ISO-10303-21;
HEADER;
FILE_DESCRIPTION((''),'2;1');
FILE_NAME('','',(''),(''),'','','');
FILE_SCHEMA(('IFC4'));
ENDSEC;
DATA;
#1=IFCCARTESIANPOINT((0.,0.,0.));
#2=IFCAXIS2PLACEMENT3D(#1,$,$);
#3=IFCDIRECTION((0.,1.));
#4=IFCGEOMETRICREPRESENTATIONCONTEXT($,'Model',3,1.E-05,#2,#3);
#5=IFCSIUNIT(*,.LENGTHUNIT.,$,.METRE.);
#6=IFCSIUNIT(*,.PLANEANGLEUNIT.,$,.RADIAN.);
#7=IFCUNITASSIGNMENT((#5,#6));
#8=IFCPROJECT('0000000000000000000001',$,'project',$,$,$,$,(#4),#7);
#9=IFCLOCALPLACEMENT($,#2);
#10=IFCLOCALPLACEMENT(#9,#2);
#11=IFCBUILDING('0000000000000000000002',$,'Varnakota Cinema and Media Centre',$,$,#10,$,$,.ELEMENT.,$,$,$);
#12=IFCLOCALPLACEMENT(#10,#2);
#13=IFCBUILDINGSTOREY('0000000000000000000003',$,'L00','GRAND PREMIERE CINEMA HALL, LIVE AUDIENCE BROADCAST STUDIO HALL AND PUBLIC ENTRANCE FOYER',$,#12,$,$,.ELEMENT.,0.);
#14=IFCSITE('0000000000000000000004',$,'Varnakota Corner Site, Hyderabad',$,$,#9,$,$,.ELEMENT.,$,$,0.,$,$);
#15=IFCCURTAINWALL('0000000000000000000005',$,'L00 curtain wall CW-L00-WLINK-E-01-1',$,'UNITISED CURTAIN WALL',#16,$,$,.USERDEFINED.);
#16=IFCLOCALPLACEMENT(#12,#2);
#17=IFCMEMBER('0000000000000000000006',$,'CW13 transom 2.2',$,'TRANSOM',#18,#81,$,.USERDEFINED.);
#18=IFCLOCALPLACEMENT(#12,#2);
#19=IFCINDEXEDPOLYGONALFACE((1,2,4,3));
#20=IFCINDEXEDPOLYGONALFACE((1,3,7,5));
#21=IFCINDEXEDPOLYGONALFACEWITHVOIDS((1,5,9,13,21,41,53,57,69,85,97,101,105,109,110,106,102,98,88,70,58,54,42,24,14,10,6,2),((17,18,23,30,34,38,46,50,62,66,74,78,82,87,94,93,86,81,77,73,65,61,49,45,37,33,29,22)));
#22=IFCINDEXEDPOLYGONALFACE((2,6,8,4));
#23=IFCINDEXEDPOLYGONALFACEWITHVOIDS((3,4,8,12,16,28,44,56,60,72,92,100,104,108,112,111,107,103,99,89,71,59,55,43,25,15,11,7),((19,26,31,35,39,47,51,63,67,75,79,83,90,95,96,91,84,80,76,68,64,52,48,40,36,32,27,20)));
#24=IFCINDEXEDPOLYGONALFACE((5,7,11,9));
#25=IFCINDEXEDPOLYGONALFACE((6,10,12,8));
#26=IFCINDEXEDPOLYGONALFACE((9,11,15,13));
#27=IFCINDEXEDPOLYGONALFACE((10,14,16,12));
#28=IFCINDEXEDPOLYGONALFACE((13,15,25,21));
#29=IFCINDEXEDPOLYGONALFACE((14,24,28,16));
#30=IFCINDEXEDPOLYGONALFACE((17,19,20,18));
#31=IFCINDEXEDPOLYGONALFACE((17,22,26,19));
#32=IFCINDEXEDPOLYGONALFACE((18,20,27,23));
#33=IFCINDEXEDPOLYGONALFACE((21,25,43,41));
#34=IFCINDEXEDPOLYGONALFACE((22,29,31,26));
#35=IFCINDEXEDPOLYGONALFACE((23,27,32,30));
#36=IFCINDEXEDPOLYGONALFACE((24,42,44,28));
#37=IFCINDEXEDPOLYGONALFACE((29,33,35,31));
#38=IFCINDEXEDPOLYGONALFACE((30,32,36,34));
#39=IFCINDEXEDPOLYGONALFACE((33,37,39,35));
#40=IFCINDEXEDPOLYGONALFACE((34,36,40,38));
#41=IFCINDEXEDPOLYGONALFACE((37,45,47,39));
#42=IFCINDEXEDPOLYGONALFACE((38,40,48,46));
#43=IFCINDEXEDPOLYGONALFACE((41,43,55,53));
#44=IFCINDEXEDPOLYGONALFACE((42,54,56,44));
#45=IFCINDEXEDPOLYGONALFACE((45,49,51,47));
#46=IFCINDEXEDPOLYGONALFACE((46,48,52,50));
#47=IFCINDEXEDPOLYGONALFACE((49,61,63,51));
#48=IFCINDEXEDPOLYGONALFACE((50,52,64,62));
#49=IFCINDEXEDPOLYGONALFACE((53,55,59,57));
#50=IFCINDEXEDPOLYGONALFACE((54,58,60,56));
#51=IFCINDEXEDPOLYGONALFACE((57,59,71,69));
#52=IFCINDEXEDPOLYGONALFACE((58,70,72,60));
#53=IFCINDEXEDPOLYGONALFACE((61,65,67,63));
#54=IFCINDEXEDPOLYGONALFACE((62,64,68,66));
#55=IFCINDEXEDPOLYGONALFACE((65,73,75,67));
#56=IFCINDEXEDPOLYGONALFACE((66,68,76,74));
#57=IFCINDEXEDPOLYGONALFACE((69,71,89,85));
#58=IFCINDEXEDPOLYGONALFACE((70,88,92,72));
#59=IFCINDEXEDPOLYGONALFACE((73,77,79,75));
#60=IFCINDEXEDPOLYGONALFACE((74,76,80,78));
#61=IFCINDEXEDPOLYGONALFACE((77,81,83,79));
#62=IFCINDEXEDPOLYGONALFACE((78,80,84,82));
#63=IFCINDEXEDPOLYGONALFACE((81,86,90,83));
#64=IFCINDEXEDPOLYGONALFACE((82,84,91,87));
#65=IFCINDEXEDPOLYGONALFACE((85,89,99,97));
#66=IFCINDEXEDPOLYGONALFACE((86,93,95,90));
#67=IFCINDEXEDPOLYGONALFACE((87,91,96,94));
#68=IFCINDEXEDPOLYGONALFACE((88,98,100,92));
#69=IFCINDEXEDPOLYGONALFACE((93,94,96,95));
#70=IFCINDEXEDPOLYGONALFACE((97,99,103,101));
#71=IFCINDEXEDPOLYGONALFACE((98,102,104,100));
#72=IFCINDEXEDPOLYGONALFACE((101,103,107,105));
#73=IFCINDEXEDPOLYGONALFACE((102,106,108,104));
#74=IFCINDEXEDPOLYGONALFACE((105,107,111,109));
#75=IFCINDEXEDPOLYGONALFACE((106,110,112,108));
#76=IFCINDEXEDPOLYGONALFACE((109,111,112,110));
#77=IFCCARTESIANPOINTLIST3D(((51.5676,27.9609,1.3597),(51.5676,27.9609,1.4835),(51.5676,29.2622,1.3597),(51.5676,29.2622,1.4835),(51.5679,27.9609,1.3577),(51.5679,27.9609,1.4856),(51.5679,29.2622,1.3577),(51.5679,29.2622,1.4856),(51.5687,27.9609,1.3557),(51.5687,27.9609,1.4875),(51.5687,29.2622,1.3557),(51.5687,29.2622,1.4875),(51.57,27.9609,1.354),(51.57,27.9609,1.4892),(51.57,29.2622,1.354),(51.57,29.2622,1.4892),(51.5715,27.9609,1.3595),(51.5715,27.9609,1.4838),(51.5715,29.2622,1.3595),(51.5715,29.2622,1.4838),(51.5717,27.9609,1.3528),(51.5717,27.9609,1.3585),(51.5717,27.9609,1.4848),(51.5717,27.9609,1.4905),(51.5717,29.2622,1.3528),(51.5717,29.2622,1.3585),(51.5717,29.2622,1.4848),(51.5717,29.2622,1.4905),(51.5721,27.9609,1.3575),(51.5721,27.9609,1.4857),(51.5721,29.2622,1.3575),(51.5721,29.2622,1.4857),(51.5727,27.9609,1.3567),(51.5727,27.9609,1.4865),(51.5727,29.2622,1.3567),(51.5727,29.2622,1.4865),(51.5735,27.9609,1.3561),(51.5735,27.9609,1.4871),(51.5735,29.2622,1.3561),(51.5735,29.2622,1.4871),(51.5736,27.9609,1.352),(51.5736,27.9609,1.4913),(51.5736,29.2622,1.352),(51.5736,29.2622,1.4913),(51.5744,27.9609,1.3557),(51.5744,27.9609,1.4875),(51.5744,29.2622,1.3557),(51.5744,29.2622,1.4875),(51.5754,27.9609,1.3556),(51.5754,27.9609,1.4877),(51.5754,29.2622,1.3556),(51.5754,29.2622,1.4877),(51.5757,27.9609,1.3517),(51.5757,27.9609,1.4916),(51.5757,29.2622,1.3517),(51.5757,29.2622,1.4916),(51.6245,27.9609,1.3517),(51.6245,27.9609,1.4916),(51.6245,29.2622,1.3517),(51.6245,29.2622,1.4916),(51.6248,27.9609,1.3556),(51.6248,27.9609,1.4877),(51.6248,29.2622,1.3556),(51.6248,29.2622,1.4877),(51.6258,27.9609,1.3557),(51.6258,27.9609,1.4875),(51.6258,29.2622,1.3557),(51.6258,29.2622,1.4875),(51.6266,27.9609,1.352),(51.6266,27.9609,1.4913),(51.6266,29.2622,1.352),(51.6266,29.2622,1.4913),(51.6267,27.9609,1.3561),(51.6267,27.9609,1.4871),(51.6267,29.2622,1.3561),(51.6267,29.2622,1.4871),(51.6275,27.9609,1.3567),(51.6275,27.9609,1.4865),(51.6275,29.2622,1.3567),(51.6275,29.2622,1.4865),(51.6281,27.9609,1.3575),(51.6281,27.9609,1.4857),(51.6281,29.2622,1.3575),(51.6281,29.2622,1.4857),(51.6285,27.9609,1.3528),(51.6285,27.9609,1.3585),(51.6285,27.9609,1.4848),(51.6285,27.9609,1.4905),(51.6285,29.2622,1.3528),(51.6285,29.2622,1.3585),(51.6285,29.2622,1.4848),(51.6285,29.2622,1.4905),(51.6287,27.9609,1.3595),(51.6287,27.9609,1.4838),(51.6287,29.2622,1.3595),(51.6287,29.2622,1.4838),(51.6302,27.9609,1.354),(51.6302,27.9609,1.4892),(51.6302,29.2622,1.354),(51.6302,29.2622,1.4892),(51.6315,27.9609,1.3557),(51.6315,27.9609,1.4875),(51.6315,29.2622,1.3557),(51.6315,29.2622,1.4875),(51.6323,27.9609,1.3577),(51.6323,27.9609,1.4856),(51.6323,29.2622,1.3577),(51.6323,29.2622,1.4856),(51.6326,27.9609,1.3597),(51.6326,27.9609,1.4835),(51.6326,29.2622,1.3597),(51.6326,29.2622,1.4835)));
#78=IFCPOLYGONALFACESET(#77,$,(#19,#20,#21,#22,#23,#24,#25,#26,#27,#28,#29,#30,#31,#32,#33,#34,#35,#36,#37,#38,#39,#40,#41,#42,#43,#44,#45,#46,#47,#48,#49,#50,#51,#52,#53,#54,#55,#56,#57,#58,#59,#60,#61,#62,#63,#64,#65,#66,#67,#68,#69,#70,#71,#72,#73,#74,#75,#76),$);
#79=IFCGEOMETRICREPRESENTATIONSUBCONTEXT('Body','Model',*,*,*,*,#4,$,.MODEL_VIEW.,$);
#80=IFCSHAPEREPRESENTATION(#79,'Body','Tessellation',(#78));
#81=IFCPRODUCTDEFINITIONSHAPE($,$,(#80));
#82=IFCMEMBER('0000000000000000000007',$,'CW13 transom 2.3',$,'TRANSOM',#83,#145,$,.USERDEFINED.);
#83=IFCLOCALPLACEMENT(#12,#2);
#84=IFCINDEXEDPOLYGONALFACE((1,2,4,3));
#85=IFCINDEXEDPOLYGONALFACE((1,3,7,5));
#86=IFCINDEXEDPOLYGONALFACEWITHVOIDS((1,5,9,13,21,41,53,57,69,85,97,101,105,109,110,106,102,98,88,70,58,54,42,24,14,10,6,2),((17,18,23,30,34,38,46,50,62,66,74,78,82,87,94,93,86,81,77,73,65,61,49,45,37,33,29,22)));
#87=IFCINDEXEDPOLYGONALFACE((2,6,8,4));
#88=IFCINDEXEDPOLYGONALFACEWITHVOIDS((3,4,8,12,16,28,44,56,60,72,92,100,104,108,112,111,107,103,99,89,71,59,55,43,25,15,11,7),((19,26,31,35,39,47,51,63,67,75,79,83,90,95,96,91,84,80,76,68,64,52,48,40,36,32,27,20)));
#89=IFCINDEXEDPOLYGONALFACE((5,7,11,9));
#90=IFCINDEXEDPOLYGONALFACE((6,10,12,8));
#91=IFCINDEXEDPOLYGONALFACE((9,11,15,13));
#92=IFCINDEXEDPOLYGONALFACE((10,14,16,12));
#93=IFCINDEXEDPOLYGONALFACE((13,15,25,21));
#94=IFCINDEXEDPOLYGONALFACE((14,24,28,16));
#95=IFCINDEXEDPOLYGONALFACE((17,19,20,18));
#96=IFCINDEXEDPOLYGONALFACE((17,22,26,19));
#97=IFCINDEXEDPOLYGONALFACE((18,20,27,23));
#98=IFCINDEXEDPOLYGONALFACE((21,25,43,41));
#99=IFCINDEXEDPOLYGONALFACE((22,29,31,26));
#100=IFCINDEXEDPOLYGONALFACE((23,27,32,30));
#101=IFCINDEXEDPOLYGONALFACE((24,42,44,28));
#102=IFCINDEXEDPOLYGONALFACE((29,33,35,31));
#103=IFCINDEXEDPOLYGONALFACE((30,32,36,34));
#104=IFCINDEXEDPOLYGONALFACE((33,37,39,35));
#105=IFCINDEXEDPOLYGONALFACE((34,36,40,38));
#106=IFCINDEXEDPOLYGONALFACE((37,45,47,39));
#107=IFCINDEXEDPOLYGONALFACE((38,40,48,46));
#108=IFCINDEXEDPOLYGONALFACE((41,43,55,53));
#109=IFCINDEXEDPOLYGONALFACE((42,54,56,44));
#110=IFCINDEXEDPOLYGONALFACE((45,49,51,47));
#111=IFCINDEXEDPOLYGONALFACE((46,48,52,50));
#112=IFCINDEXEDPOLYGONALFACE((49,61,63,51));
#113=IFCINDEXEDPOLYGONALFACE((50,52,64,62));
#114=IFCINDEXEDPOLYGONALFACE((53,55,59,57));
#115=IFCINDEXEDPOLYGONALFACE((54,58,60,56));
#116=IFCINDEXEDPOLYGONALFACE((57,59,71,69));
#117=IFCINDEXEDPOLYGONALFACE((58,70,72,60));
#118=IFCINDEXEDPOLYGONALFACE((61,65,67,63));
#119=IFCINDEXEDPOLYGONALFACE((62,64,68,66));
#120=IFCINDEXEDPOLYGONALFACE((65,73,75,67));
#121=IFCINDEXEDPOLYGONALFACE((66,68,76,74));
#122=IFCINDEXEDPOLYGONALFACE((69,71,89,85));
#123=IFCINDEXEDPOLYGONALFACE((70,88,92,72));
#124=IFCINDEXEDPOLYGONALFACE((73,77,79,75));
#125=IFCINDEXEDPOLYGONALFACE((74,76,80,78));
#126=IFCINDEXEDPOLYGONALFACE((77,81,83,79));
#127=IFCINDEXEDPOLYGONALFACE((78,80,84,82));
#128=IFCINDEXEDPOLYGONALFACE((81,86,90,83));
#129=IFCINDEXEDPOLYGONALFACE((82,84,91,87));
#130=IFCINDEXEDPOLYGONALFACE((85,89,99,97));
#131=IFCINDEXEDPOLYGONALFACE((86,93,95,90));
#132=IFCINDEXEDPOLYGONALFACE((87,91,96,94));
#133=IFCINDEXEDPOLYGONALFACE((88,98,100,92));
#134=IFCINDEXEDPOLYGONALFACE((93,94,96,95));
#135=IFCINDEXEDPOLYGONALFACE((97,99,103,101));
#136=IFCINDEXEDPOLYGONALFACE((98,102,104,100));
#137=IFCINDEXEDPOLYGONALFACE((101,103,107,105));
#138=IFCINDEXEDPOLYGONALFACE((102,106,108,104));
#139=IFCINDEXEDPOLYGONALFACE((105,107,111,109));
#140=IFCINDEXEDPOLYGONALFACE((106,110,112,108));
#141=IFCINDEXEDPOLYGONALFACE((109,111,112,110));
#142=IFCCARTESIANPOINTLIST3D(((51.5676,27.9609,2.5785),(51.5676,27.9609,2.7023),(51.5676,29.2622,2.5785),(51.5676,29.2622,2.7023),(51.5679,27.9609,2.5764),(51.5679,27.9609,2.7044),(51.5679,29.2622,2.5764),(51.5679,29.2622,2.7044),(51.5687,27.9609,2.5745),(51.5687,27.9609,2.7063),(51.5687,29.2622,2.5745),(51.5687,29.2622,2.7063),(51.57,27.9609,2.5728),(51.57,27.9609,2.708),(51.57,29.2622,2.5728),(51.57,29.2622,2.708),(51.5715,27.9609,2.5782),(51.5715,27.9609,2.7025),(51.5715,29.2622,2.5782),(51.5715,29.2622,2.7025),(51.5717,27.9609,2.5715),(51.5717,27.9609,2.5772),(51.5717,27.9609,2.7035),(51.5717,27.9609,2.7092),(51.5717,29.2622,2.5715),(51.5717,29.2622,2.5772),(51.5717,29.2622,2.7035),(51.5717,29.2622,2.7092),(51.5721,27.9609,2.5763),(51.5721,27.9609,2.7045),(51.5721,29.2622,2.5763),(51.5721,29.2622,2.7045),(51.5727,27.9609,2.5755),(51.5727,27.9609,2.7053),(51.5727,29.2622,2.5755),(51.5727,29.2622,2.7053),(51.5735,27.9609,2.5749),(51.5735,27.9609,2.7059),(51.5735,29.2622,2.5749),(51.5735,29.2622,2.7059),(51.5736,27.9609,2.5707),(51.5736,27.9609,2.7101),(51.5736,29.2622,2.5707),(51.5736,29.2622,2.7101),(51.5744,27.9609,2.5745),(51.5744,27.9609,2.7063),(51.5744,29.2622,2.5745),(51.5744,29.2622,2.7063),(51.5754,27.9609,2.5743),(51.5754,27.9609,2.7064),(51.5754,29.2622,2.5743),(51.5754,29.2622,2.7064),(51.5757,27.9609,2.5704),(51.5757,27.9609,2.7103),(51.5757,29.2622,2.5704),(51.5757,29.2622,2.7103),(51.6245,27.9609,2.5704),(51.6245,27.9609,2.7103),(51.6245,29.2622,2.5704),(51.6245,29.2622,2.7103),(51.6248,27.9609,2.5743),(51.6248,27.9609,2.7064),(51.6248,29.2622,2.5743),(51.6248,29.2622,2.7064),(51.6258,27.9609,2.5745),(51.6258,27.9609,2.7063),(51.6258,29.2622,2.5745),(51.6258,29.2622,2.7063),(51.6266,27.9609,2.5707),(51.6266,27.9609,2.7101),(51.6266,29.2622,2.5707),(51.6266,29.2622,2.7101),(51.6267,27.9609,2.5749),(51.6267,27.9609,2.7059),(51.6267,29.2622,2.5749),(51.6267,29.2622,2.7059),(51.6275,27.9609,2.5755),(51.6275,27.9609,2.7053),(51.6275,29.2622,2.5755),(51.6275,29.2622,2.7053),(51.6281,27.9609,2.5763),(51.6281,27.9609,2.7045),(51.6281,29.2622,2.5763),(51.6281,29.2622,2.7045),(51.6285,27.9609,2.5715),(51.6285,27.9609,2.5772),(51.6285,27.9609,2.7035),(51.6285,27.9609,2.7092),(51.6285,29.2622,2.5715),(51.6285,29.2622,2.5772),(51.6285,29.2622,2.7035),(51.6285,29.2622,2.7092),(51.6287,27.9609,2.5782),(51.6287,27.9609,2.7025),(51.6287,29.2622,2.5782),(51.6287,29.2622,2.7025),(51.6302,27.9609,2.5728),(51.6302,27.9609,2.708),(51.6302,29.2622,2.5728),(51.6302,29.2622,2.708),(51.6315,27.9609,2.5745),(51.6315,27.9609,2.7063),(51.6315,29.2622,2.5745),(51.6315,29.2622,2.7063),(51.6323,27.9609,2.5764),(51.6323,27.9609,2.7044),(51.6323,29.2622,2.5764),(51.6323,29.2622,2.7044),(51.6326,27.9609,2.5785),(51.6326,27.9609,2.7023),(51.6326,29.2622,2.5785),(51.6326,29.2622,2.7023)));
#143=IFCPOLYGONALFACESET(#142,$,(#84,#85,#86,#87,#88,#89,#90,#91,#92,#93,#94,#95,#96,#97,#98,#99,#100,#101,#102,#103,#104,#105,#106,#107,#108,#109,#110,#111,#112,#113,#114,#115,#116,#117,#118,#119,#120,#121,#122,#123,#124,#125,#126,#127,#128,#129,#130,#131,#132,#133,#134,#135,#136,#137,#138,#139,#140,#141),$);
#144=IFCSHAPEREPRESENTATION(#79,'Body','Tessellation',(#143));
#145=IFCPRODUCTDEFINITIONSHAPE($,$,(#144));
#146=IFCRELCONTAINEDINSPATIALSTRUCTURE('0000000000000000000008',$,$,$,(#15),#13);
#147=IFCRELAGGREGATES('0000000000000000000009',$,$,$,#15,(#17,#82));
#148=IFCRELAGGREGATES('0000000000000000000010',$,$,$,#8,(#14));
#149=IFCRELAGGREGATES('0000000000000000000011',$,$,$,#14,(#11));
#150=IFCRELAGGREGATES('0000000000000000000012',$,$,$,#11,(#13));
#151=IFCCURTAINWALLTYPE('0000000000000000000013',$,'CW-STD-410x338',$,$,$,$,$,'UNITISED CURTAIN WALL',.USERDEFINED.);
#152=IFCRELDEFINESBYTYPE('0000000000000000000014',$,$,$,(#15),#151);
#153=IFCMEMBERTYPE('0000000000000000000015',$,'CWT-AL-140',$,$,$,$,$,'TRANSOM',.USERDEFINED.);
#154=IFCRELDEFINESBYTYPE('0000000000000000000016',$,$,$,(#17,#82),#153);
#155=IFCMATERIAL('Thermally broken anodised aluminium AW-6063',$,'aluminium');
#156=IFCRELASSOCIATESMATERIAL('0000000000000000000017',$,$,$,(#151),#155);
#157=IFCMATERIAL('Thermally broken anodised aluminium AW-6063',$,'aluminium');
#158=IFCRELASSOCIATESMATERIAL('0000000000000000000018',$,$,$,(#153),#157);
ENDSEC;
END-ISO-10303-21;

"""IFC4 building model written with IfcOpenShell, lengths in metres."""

from ifc_helpers import new_model, si_unit, direction, frame, origin, origin_2d, place, context, subcontext, project, spatial, hollow_rectangle, extrude, material, material_profile, profile_set, type_object, element, aggregate, save


model = new_model("IFC4")

# Units and contexts
model_context = context("Model", 3, precision=1e-05, world=origin(), true_north=direction((0.0, 1.0)))
body_context = subcontext(model_context, "Body", "Model", "MODEL_VIEW")
ifc_project = project(units=[si_unit("LENGTHUNIT", "METRE"), si_unit("PLANEANGLEUNIT", "RADIAN")], contexts=[model_context])

# Site, building, storey
site_placement = place(None, origin())
site = spatial("IfcSite", under=ifc_project, at=site_placement, Name="Varnakota Corner Site, Hyderabad", CompositionType="ELEMENT", RefElevation=0.0)
building_placement = place(site_placement, origin())
building = spatial("IfcBuilding", under=site, at=building_placement, Name="Varnakota Cinema and Media Centre", CompositionType="ELEMENT")
storey_placement = place(building_placement, origin())
storey = spatial("IfcBuildingStorey", under=building, at=storey_placement, Name="L00", Description="GRAND PREMIERE CINEMA HALL, LIVE AUDIENCE BROADCAST STUDIO HALL AND PUBLIC ENTRANCE FOYER", CompositionType="ELEMENT", Elevation=0.0)

# Curtain wall, members
ifc_material_1 = material(Name="Thermally broken anodised aluminium AW-6063", Category="aluminium")
curtain_wall_type = type_object("IfcCurtainWallType", Name="CW-STD-410x338", ElementType="UNITISED CURTAIN WALL", PredefinedType="USERDEFINED", material=ifc_material_1)
curtain_wall_placement = place(storey_placement, origin())
curtain_wall = element("IfcCurtainWall", 1, at=curtain_wall_placement, inside=storey, type_object=curtain_wall_type, Name="L00 curtain wall CW-L00-WLINK-E-01-1", ObjectType="UNITISED CURTAIN WALL", PredefinedType="USERDEFINED")
ifc_material_2 = material(Name="Thermally broken anodised aluminium AW-6063", Category="aluminium")
ifc_material_profile_1 = material_profile(ifc_material_2, hollow_rectangle(XDim=0.0649, YDim=0.1399, WallThickness=0.0039, InnerFilletRadius=0.0039, OuterFilletRadius=0.0081, at=origin_2d()), Name="AL-TRANSOM 140x65x4")
ifc_profile_set_1 = profile_set([ifc_material_profile_1], Name="Thermally broken anodised aluminium AW-6063")
member_type_1 = type_object("IfcMemberType", Name="CWT-AL-140", ElementType="TRANSOM", PredefinedType="USERDEFINED", material=ifc_profile_set_1)
member_1_placement = place(storey_placement, frame((51.6001, 27.9609, 1.4216), z_axis=(0.0, 1.0, 0.0), x_axis=(-1.0, 0.0, 0.0)))
member_1 = element("IfcMember", 2, at=member_1_placement, type_object=member_type_1, Name="CW13 transom 2.2", ObjectType="TRANSOM", PredefinedType="USERDEFINED", context=body_context, shape_type="SweptSolid", body=[
    extrude(hollow_rectangle(XDim=0.0649, YDim=0.1399, WallThickness=0.0039, InnerFilletRadius=0.0039, OuterFilletRadius=0.0081, at=origin_2d()), origin(), (0.0, 0.0, 1.0), 1.3013),
])
member_2_placement = place(storey_placement, frame((51.6001, 27.9609, 2.6404), z_axis=(0.0, 1.0, 0.0), x_axis=(-1.0, 0.0, 0.0)))
member_2 = element("IfcMember", 3, at=member_2_placement, type_object=member_type_1, Name="CW13 transom 2.3", ObjectType="TRANSOM", PredefinedType="USERDEFINED", context=body_context, shape_type="SweptSolid", body=[
    extrude(hollow_rectangle(XDim=0.0649, YDim=0.1399, WallThickness=0.0039, InnerFilletRadius=0.0039, OuterFilletRadius=0.0081, at=origin_2d()), origin(), (0.0, 0.0, 1.0), 1.3013),
])
aggregate(curtain_wall, [member_1, member_2])

save(model, "model.ifc")
